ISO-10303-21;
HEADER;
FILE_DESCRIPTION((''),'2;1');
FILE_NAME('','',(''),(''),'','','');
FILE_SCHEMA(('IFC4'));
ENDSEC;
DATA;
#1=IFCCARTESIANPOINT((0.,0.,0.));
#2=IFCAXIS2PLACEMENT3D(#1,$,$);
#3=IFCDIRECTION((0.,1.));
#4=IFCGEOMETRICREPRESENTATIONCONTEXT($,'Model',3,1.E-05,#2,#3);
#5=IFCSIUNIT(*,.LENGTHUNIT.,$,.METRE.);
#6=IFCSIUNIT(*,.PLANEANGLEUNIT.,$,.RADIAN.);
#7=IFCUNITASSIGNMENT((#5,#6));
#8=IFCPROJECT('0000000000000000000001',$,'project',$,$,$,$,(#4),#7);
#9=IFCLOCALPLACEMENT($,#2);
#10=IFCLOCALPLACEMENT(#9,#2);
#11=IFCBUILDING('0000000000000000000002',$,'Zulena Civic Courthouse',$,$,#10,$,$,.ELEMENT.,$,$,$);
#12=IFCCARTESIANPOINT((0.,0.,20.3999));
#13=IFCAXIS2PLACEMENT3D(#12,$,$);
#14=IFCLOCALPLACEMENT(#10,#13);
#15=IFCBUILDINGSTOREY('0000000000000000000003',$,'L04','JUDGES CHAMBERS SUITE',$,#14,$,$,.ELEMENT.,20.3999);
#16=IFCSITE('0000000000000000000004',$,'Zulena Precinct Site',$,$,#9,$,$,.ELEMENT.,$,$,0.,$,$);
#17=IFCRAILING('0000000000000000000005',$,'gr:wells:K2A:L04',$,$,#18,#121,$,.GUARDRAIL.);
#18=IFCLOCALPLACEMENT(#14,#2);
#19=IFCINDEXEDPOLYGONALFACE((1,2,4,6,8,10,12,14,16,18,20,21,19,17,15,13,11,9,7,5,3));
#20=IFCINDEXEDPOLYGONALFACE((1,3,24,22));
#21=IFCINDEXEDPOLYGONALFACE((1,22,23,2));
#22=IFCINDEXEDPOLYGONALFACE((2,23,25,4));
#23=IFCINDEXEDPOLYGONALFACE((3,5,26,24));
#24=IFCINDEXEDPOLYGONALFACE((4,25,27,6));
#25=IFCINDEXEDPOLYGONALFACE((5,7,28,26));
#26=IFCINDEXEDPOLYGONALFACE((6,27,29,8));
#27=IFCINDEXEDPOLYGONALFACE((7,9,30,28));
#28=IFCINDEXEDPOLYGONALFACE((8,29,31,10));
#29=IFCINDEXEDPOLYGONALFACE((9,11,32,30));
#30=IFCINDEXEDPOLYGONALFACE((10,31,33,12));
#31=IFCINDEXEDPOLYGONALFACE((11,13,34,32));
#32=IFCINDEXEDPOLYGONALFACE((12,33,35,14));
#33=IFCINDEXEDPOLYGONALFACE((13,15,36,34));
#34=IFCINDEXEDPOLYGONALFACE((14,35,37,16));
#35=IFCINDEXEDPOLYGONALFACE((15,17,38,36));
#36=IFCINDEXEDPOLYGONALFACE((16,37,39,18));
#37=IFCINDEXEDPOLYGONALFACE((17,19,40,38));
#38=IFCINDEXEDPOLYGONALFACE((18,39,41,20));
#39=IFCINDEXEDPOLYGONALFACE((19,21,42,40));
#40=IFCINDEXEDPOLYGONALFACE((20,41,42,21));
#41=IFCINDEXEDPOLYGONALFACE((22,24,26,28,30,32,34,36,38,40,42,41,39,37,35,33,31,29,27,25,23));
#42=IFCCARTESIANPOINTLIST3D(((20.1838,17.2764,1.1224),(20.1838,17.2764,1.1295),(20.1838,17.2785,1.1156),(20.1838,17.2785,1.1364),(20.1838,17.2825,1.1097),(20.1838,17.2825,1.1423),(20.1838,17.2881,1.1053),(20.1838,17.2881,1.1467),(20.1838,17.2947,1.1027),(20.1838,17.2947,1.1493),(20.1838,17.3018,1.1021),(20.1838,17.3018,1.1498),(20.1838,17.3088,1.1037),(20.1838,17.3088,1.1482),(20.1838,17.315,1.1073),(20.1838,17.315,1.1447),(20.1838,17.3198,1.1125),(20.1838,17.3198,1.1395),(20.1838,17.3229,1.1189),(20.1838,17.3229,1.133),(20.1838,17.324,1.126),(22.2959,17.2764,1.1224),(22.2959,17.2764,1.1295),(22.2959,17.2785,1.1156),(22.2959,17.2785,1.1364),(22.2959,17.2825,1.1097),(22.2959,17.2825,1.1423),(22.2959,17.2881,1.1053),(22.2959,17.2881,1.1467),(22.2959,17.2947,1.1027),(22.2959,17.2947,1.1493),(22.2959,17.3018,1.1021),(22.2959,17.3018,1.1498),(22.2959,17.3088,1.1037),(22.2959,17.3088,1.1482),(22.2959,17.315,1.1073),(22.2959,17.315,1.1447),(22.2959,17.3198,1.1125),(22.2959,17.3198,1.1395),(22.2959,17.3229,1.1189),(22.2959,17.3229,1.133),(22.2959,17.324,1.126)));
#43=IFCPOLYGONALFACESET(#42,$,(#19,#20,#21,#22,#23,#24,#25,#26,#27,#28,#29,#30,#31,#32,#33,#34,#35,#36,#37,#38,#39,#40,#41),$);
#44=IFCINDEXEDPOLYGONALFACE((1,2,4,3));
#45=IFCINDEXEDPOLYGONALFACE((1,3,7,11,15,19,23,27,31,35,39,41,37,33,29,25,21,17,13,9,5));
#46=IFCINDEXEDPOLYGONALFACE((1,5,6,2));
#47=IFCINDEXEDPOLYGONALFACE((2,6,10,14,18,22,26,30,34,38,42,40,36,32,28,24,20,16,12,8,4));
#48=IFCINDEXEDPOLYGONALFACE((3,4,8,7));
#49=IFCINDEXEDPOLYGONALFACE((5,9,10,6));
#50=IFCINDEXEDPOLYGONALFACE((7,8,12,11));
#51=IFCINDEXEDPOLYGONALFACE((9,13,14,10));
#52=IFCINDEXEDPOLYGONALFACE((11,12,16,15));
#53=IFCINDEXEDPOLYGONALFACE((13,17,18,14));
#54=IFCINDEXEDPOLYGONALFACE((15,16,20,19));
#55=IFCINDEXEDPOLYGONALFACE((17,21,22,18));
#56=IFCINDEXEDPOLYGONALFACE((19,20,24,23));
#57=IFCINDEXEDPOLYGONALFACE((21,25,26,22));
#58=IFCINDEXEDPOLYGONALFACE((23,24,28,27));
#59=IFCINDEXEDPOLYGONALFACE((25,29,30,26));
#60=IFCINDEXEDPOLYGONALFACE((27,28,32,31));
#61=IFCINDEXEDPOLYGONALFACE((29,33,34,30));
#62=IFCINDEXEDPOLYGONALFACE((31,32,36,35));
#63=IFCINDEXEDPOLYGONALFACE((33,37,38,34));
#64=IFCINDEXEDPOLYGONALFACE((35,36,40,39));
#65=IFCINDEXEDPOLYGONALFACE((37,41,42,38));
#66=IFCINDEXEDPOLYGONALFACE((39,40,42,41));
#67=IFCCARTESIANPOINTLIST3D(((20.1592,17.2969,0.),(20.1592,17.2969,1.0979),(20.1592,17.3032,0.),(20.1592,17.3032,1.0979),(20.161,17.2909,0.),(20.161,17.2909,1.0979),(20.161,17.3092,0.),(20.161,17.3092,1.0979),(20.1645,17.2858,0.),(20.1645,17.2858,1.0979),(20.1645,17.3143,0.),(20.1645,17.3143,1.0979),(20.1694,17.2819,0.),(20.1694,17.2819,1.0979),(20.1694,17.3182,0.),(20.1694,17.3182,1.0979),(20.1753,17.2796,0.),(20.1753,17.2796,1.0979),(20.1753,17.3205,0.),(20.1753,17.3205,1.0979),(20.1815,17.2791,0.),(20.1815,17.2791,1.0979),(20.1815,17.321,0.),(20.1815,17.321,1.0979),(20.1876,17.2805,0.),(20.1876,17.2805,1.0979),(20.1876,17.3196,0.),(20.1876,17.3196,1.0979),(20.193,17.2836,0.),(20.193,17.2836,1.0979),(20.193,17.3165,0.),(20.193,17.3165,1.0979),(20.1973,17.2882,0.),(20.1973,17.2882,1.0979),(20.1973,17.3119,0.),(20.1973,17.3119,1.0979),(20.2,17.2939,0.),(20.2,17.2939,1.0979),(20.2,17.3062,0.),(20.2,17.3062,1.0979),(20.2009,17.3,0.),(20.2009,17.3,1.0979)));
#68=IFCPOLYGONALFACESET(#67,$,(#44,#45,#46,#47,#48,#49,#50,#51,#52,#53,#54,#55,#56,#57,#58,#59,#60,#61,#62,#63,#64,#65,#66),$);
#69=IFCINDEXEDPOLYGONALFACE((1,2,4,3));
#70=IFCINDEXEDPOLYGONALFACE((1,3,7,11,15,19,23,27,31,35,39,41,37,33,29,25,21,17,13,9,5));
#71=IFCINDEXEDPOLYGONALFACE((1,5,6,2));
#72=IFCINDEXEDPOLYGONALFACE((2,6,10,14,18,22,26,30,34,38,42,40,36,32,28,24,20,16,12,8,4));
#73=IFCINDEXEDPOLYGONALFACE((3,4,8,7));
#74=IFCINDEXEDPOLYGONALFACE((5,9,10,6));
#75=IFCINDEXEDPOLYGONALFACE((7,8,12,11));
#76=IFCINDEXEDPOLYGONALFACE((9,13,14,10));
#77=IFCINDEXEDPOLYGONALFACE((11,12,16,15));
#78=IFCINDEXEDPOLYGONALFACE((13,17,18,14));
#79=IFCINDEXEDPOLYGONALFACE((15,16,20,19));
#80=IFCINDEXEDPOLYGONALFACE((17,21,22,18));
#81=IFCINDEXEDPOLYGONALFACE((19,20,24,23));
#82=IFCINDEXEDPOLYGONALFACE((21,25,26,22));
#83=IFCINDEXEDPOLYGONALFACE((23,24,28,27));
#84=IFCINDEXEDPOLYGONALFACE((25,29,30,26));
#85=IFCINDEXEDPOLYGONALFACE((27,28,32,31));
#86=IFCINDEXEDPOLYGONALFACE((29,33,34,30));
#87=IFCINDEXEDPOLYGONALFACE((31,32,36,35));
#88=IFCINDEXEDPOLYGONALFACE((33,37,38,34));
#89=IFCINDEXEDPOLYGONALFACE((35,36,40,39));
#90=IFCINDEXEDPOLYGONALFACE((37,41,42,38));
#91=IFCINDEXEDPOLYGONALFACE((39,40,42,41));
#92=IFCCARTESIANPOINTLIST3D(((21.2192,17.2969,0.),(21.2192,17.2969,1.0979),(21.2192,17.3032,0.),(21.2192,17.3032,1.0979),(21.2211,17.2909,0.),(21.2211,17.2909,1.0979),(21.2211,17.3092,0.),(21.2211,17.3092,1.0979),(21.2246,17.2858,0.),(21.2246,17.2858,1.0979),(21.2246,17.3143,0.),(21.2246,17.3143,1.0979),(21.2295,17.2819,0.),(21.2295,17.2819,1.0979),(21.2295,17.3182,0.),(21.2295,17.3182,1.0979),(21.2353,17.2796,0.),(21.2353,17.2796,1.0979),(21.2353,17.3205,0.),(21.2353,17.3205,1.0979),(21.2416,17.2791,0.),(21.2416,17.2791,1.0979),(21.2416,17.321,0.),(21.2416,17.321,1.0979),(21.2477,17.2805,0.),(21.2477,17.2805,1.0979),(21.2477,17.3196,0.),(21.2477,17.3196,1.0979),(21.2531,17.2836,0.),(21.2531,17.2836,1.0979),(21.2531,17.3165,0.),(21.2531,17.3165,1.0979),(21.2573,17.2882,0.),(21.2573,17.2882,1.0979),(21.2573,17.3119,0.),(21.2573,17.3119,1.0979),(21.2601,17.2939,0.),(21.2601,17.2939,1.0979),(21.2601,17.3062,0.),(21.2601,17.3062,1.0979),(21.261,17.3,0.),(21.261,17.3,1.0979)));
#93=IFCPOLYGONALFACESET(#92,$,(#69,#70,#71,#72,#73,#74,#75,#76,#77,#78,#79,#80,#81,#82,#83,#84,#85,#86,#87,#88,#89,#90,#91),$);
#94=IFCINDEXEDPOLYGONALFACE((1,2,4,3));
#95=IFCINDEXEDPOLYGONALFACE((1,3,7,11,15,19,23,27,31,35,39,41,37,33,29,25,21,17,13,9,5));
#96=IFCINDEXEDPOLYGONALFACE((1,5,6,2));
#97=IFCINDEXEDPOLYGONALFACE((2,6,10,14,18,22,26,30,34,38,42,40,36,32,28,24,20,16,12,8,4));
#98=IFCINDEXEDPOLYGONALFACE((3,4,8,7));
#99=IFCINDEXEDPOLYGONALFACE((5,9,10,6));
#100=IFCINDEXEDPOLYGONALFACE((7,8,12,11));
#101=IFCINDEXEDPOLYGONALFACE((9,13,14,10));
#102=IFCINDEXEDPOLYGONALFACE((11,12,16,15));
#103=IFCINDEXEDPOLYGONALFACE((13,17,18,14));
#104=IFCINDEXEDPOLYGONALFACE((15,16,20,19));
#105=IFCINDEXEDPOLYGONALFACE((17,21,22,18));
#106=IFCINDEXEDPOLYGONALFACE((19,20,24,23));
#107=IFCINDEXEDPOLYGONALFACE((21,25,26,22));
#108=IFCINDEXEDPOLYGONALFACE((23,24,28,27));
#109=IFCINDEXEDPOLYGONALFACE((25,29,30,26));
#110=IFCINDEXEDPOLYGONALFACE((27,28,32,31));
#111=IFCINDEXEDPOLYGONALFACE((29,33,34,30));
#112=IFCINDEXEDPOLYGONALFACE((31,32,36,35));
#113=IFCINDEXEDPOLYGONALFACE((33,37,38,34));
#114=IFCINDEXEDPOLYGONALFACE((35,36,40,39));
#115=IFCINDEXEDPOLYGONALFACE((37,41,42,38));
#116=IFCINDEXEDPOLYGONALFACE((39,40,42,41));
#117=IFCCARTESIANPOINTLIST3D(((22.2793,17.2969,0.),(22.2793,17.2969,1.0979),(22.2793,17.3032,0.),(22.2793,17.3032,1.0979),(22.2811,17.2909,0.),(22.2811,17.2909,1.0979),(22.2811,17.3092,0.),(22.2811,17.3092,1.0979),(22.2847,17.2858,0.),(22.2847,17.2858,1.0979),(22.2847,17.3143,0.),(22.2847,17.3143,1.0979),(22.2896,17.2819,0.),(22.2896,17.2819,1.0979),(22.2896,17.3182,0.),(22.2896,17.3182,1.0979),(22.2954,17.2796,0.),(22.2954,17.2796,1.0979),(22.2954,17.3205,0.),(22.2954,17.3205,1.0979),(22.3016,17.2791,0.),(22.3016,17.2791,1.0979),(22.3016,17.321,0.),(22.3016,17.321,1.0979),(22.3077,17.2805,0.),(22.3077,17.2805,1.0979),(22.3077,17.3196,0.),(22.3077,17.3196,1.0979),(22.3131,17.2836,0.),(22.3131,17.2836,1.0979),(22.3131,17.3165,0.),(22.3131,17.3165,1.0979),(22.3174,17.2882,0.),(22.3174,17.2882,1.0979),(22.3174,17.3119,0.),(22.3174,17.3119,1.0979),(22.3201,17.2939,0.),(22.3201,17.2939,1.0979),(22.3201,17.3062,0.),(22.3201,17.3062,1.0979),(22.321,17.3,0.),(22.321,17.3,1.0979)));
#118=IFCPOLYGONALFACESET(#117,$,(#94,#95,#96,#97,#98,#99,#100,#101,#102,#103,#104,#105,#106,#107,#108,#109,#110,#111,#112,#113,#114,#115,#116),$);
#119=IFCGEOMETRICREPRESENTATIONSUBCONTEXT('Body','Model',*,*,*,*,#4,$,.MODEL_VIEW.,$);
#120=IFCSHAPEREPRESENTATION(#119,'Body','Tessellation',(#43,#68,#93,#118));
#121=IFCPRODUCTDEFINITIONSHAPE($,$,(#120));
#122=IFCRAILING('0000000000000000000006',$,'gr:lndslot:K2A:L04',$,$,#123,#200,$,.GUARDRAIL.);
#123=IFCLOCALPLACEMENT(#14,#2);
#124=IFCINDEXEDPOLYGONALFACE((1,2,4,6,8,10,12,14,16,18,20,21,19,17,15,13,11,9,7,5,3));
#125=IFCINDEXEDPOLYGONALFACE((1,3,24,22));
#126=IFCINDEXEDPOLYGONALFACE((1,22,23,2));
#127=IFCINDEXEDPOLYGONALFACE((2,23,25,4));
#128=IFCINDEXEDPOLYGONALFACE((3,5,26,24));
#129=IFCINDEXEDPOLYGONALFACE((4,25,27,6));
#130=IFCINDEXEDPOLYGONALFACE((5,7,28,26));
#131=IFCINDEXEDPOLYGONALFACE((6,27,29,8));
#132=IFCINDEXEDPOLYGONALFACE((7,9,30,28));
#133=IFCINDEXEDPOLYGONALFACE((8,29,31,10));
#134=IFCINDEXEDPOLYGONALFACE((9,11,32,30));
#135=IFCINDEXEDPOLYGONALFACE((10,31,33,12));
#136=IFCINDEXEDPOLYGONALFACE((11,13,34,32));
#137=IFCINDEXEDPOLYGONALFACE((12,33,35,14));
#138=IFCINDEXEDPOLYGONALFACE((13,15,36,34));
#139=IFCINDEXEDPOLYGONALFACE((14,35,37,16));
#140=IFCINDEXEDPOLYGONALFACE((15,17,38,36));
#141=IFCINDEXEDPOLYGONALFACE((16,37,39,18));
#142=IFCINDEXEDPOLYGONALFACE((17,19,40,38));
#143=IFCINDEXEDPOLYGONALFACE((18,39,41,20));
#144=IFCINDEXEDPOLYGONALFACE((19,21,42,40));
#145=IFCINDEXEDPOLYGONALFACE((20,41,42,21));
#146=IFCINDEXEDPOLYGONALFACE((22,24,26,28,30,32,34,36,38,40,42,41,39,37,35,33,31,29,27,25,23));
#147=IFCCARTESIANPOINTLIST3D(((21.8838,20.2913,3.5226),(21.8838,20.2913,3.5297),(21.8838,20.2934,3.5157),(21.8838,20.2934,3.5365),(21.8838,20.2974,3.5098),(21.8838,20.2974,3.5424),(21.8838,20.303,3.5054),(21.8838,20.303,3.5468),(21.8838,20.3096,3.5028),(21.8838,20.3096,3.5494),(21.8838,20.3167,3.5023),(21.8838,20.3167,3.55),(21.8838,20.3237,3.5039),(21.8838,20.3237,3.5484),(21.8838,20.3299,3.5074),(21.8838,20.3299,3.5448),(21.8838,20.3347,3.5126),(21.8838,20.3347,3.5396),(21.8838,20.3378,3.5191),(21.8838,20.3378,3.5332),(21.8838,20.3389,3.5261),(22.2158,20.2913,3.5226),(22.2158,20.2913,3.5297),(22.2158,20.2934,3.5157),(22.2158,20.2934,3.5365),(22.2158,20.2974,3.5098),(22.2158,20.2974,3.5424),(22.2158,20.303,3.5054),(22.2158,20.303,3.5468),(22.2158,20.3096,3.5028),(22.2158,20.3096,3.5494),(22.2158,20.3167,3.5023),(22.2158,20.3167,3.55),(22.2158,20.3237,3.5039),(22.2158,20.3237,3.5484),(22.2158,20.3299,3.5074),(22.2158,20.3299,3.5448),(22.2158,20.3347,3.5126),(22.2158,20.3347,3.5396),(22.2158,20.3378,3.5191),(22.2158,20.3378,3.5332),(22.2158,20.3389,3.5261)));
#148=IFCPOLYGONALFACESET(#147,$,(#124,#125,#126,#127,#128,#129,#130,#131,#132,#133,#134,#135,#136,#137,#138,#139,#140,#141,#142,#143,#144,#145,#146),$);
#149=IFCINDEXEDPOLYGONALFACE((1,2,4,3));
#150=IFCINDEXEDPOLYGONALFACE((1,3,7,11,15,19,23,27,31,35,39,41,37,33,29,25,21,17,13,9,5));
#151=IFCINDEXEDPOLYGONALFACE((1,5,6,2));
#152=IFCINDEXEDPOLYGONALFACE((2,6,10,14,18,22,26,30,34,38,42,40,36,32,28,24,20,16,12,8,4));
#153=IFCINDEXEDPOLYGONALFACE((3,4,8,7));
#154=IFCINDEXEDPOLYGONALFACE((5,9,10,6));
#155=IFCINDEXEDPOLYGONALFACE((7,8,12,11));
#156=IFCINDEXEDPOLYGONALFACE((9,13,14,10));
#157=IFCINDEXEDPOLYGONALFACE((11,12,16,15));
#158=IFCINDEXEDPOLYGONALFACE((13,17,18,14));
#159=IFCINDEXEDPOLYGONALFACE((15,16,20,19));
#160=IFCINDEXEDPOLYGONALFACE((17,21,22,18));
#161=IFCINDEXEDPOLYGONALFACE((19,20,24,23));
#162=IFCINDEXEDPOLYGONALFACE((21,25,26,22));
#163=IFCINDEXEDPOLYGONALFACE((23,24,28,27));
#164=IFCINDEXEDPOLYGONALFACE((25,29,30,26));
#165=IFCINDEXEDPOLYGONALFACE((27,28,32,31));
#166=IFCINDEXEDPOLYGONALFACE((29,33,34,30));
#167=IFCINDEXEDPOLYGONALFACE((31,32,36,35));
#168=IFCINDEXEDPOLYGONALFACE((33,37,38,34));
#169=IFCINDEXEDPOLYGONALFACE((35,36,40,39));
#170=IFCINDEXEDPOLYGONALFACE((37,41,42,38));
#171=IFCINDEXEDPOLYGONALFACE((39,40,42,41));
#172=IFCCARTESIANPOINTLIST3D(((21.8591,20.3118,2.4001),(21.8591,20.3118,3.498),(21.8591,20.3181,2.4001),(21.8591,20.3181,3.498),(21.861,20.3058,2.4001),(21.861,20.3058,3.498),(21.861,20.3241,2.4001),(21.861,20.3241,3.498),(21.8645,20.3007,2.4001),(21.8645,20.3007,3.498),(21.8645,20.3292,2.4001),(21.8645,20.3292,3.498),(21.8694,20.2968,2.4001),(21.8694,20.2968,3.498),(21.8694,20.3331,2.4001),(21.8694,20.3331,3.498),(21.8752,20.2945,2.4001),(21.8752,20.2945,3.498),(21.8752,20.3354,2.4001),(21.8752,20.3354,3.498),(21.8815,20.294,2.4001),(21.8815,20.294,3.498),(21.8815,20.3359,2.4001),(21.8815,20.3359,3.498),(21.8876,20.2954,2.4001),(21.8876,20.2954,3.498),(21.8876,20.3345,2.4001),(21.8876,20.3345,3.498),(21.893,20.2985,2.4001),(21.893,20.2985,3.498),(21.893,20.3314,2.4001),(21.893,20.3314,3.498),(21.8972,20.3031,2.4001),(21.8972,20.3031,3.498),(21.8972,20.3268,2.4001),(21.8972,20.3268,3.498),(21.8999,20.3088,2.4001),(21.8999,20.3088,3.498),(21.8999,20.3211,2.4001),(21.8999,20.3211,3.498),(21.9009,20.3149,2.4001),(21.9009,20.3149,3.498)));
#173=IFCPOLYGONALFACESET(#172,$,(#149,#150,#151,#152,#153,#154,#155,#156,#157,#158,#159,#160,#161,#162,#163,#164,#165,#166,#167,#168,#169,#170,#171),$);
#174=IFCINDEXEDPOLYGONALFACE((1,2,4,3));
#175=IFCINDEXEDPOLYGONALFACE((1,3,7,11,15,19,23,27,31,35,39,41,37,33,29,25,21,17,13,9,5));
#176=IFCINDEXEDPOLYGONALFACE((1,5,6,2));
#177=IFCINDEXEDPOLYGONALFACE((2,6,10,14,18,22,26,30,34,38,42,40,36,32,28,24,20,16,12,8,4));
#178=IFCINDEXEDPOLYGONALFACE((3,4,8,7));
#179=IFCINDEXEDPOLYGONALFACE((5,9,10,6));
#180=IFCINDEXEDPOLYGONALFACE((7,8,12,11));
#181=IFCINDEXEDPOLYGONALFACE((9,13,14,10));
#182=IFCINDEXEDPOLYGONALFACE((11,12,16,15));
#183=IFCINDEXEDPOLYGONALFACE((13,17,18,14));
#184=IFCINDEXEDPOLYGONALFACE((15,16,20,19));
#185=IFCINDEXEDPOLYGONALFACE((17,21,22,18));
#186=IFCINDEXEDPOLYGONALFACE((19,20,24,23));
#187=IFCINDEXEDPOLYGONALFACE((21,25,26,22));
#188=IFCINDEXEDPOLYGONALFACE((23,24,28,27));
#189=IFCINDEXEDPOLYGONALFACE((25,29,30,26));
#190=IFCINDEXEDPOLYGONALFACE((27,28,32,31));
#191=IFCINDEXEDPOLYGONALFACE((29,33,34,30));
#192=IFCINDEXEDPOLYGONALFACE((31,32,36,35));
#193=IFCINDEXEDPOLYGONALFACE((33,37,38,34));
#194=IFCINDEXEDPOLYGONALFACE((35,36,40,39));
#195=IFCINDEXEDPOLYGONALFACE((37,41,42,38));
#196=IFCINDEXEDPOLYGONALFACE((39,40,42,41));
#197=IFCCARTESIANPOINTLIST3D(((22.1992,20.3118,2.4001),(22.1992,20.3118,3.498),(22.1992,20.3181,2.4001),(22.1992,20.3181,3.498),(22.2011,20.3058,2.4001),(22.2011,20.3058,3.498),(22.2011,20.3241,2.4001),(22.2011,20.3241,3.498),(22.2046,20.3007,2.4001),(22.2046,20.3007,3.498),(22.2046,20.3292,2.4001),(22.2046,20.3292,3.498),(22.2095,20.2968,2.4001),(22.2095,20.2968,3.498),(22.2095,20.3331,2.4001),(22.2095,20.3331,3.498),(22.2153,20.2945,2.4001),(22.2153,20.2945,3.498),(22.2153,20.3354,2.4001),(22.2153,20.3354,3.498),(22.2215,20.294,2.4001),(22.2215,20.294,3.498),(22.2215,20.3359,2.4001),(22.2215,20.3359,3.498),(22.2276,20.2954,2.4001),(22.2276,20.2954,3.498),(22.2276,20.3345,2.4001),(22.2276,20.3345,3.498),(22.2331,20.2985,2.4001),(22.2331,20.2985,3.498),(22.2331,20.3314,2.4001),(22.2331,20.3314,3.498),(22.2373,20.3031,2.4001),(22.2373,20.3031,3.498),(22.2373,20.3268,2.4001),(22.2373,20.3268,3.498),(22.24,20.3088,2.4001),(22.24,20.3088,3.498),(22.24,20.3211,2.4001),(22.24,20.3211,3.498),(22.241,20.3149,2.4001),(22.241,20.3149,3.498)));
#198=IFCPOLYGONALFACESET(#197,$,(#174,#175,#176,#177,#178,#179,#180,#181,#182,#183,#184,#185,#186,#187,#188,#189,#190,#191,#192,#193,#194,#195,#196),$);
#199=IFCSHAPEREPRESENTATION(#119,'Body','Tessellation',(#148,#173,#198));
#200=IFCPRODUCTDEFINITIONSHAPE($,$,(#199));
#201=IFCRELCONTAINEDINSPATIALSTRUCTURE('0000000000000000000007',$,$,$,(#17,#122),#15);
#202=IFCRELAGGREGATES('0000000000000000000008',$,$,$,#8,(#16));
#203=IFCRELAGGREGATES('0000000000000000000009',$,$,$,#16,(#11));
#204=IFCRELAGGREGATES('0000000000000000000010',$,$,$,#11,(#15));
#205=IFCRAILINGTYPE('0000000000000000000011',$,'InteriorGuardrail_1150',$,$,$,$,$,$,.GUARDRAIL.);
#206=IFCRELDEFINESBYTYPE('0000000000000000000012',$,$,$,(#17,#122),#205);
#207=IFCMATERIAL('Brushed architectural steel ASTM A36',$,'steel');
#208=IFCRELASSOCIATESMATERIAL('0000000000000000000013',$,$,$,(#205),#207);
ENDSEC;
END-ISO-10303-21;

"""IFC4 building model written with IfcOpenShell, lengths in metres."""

from ifc_helpers import new_model, si_unit, direction, frame, origin, origin_2d, place, context, subcontext, project, spatial, circle, extrude, material, type_object, element, save


model = new_model("IFC4")

# Units and contexts
model_context = context("Model", 3, precision=1e-05, world=origin(), true_north=direction((0.0, 1.0)))
body_context = subcontext(model_context, "Body", "Model", "MODEL_VIEW")
ifc_project = project(units=[si_unit("LENGTHUNIT", "METRE"), si_unit("PLANEANGLEUNIT", "RADIAN")], contexts=[model_context])

# Site, building, storey
site_placement = place(None, origin())
site = spatial("IfcSite", under=ifc_project, at=site_placement, Name="Zulena Precinct Site", CompositionType="ELEMENT", RefElevation=0.0)
building_placement = place(site_placement, origin())
building = spatial("IfcBuilding", under=site, at=building_placement, Name="Zulena Civic Courthouse", CompositionType="ELEMENT")
storey_placement = place(building_placement, frame((0.0, 0.0, 20.3999)))
storey = spatial("IfcBuildingStorey", under=building, at=storey_placement, Name="L04", Description="JUDGES CHAMBERS SUITE", CompositionType="ELEMENT", Elevation=20.3999)

# Railings
ifc_material_1 = material(Name="Brushed architectural steel ASTM A36", Category="steel")
railing_type_1 = type_object("IfcRailingType", Name="InteriorGuardrail_1150", PredefinedType="GUARDRAIL", material=ifc_material_1)
railing_1_placement = place(storey_placement, frame((20.1799, 17.3, 0.0)))
element("IfcRailing", 1, at=railing_1_placement, inside=storey, type_object=railing_type_1, Name="gr:wells:K2A:L04", PredefinedType="GUARDRAIL", context=body_context, shape_type="SweptSolid", body=[
    extrude(circle(Radius=0.0239, at=origin_2d()), frame((0.0039, 0.0, 1.126), z_axis=(1.0, 0.0, 0.0), x_axis=(0.0, 1.0, 0.0)), (0.0, 0.0, 1.0), 2.1121),
    extrude(circle(Radius=0.021, at=origin_2d()), origin(), (0.0, 0.0, 1.0), 1.0979),
    extrude(circle(Radius=0.021, at=origin_2d()), frame((1.0601, 0.0, 0.0)), (0.0, 0.0, 1.0), 1.0979),
    extrude(circle(Radius=0.021, at=origin_2d()), frame((2.1201, 0.0, 0.0)), (0.0, 0.0, 1.0), 1.0979),
])
railing_2_placement = place(storey_placement, frame((21.8799, 20.3149, 2.4001)))
element("IfcRailing", 2, at=railing_2_placement, inside=storey, type_object=railing_type_1, Name="gr:lndslot:K2A:L04", PredefinedType="GUARDRAIL", context=body_context, shape_type="SweptSolid", body=[
    extrude(circle(Radius=0.0239, at=origin_2d()), frame((0.0039, 0.0, 1.126), z_axis=(1.0, 0.0, 0.0), x_axis=(0.0, 1.0, 0.0)), (0.0, 0.0, 1.0), 0.332),
    extrude(circle(Radius=0.021, at=origin_2d()), origin(), (0.0, 0.0, 1.0), 1.0979),
    extrude(circle(Radius=0.021, at=origin_2d()), frame((0.3401, 0.0, 0.0)), (0.0, 0.0, 1.0), 1.0979),
])

save(model, "model.ifc")
